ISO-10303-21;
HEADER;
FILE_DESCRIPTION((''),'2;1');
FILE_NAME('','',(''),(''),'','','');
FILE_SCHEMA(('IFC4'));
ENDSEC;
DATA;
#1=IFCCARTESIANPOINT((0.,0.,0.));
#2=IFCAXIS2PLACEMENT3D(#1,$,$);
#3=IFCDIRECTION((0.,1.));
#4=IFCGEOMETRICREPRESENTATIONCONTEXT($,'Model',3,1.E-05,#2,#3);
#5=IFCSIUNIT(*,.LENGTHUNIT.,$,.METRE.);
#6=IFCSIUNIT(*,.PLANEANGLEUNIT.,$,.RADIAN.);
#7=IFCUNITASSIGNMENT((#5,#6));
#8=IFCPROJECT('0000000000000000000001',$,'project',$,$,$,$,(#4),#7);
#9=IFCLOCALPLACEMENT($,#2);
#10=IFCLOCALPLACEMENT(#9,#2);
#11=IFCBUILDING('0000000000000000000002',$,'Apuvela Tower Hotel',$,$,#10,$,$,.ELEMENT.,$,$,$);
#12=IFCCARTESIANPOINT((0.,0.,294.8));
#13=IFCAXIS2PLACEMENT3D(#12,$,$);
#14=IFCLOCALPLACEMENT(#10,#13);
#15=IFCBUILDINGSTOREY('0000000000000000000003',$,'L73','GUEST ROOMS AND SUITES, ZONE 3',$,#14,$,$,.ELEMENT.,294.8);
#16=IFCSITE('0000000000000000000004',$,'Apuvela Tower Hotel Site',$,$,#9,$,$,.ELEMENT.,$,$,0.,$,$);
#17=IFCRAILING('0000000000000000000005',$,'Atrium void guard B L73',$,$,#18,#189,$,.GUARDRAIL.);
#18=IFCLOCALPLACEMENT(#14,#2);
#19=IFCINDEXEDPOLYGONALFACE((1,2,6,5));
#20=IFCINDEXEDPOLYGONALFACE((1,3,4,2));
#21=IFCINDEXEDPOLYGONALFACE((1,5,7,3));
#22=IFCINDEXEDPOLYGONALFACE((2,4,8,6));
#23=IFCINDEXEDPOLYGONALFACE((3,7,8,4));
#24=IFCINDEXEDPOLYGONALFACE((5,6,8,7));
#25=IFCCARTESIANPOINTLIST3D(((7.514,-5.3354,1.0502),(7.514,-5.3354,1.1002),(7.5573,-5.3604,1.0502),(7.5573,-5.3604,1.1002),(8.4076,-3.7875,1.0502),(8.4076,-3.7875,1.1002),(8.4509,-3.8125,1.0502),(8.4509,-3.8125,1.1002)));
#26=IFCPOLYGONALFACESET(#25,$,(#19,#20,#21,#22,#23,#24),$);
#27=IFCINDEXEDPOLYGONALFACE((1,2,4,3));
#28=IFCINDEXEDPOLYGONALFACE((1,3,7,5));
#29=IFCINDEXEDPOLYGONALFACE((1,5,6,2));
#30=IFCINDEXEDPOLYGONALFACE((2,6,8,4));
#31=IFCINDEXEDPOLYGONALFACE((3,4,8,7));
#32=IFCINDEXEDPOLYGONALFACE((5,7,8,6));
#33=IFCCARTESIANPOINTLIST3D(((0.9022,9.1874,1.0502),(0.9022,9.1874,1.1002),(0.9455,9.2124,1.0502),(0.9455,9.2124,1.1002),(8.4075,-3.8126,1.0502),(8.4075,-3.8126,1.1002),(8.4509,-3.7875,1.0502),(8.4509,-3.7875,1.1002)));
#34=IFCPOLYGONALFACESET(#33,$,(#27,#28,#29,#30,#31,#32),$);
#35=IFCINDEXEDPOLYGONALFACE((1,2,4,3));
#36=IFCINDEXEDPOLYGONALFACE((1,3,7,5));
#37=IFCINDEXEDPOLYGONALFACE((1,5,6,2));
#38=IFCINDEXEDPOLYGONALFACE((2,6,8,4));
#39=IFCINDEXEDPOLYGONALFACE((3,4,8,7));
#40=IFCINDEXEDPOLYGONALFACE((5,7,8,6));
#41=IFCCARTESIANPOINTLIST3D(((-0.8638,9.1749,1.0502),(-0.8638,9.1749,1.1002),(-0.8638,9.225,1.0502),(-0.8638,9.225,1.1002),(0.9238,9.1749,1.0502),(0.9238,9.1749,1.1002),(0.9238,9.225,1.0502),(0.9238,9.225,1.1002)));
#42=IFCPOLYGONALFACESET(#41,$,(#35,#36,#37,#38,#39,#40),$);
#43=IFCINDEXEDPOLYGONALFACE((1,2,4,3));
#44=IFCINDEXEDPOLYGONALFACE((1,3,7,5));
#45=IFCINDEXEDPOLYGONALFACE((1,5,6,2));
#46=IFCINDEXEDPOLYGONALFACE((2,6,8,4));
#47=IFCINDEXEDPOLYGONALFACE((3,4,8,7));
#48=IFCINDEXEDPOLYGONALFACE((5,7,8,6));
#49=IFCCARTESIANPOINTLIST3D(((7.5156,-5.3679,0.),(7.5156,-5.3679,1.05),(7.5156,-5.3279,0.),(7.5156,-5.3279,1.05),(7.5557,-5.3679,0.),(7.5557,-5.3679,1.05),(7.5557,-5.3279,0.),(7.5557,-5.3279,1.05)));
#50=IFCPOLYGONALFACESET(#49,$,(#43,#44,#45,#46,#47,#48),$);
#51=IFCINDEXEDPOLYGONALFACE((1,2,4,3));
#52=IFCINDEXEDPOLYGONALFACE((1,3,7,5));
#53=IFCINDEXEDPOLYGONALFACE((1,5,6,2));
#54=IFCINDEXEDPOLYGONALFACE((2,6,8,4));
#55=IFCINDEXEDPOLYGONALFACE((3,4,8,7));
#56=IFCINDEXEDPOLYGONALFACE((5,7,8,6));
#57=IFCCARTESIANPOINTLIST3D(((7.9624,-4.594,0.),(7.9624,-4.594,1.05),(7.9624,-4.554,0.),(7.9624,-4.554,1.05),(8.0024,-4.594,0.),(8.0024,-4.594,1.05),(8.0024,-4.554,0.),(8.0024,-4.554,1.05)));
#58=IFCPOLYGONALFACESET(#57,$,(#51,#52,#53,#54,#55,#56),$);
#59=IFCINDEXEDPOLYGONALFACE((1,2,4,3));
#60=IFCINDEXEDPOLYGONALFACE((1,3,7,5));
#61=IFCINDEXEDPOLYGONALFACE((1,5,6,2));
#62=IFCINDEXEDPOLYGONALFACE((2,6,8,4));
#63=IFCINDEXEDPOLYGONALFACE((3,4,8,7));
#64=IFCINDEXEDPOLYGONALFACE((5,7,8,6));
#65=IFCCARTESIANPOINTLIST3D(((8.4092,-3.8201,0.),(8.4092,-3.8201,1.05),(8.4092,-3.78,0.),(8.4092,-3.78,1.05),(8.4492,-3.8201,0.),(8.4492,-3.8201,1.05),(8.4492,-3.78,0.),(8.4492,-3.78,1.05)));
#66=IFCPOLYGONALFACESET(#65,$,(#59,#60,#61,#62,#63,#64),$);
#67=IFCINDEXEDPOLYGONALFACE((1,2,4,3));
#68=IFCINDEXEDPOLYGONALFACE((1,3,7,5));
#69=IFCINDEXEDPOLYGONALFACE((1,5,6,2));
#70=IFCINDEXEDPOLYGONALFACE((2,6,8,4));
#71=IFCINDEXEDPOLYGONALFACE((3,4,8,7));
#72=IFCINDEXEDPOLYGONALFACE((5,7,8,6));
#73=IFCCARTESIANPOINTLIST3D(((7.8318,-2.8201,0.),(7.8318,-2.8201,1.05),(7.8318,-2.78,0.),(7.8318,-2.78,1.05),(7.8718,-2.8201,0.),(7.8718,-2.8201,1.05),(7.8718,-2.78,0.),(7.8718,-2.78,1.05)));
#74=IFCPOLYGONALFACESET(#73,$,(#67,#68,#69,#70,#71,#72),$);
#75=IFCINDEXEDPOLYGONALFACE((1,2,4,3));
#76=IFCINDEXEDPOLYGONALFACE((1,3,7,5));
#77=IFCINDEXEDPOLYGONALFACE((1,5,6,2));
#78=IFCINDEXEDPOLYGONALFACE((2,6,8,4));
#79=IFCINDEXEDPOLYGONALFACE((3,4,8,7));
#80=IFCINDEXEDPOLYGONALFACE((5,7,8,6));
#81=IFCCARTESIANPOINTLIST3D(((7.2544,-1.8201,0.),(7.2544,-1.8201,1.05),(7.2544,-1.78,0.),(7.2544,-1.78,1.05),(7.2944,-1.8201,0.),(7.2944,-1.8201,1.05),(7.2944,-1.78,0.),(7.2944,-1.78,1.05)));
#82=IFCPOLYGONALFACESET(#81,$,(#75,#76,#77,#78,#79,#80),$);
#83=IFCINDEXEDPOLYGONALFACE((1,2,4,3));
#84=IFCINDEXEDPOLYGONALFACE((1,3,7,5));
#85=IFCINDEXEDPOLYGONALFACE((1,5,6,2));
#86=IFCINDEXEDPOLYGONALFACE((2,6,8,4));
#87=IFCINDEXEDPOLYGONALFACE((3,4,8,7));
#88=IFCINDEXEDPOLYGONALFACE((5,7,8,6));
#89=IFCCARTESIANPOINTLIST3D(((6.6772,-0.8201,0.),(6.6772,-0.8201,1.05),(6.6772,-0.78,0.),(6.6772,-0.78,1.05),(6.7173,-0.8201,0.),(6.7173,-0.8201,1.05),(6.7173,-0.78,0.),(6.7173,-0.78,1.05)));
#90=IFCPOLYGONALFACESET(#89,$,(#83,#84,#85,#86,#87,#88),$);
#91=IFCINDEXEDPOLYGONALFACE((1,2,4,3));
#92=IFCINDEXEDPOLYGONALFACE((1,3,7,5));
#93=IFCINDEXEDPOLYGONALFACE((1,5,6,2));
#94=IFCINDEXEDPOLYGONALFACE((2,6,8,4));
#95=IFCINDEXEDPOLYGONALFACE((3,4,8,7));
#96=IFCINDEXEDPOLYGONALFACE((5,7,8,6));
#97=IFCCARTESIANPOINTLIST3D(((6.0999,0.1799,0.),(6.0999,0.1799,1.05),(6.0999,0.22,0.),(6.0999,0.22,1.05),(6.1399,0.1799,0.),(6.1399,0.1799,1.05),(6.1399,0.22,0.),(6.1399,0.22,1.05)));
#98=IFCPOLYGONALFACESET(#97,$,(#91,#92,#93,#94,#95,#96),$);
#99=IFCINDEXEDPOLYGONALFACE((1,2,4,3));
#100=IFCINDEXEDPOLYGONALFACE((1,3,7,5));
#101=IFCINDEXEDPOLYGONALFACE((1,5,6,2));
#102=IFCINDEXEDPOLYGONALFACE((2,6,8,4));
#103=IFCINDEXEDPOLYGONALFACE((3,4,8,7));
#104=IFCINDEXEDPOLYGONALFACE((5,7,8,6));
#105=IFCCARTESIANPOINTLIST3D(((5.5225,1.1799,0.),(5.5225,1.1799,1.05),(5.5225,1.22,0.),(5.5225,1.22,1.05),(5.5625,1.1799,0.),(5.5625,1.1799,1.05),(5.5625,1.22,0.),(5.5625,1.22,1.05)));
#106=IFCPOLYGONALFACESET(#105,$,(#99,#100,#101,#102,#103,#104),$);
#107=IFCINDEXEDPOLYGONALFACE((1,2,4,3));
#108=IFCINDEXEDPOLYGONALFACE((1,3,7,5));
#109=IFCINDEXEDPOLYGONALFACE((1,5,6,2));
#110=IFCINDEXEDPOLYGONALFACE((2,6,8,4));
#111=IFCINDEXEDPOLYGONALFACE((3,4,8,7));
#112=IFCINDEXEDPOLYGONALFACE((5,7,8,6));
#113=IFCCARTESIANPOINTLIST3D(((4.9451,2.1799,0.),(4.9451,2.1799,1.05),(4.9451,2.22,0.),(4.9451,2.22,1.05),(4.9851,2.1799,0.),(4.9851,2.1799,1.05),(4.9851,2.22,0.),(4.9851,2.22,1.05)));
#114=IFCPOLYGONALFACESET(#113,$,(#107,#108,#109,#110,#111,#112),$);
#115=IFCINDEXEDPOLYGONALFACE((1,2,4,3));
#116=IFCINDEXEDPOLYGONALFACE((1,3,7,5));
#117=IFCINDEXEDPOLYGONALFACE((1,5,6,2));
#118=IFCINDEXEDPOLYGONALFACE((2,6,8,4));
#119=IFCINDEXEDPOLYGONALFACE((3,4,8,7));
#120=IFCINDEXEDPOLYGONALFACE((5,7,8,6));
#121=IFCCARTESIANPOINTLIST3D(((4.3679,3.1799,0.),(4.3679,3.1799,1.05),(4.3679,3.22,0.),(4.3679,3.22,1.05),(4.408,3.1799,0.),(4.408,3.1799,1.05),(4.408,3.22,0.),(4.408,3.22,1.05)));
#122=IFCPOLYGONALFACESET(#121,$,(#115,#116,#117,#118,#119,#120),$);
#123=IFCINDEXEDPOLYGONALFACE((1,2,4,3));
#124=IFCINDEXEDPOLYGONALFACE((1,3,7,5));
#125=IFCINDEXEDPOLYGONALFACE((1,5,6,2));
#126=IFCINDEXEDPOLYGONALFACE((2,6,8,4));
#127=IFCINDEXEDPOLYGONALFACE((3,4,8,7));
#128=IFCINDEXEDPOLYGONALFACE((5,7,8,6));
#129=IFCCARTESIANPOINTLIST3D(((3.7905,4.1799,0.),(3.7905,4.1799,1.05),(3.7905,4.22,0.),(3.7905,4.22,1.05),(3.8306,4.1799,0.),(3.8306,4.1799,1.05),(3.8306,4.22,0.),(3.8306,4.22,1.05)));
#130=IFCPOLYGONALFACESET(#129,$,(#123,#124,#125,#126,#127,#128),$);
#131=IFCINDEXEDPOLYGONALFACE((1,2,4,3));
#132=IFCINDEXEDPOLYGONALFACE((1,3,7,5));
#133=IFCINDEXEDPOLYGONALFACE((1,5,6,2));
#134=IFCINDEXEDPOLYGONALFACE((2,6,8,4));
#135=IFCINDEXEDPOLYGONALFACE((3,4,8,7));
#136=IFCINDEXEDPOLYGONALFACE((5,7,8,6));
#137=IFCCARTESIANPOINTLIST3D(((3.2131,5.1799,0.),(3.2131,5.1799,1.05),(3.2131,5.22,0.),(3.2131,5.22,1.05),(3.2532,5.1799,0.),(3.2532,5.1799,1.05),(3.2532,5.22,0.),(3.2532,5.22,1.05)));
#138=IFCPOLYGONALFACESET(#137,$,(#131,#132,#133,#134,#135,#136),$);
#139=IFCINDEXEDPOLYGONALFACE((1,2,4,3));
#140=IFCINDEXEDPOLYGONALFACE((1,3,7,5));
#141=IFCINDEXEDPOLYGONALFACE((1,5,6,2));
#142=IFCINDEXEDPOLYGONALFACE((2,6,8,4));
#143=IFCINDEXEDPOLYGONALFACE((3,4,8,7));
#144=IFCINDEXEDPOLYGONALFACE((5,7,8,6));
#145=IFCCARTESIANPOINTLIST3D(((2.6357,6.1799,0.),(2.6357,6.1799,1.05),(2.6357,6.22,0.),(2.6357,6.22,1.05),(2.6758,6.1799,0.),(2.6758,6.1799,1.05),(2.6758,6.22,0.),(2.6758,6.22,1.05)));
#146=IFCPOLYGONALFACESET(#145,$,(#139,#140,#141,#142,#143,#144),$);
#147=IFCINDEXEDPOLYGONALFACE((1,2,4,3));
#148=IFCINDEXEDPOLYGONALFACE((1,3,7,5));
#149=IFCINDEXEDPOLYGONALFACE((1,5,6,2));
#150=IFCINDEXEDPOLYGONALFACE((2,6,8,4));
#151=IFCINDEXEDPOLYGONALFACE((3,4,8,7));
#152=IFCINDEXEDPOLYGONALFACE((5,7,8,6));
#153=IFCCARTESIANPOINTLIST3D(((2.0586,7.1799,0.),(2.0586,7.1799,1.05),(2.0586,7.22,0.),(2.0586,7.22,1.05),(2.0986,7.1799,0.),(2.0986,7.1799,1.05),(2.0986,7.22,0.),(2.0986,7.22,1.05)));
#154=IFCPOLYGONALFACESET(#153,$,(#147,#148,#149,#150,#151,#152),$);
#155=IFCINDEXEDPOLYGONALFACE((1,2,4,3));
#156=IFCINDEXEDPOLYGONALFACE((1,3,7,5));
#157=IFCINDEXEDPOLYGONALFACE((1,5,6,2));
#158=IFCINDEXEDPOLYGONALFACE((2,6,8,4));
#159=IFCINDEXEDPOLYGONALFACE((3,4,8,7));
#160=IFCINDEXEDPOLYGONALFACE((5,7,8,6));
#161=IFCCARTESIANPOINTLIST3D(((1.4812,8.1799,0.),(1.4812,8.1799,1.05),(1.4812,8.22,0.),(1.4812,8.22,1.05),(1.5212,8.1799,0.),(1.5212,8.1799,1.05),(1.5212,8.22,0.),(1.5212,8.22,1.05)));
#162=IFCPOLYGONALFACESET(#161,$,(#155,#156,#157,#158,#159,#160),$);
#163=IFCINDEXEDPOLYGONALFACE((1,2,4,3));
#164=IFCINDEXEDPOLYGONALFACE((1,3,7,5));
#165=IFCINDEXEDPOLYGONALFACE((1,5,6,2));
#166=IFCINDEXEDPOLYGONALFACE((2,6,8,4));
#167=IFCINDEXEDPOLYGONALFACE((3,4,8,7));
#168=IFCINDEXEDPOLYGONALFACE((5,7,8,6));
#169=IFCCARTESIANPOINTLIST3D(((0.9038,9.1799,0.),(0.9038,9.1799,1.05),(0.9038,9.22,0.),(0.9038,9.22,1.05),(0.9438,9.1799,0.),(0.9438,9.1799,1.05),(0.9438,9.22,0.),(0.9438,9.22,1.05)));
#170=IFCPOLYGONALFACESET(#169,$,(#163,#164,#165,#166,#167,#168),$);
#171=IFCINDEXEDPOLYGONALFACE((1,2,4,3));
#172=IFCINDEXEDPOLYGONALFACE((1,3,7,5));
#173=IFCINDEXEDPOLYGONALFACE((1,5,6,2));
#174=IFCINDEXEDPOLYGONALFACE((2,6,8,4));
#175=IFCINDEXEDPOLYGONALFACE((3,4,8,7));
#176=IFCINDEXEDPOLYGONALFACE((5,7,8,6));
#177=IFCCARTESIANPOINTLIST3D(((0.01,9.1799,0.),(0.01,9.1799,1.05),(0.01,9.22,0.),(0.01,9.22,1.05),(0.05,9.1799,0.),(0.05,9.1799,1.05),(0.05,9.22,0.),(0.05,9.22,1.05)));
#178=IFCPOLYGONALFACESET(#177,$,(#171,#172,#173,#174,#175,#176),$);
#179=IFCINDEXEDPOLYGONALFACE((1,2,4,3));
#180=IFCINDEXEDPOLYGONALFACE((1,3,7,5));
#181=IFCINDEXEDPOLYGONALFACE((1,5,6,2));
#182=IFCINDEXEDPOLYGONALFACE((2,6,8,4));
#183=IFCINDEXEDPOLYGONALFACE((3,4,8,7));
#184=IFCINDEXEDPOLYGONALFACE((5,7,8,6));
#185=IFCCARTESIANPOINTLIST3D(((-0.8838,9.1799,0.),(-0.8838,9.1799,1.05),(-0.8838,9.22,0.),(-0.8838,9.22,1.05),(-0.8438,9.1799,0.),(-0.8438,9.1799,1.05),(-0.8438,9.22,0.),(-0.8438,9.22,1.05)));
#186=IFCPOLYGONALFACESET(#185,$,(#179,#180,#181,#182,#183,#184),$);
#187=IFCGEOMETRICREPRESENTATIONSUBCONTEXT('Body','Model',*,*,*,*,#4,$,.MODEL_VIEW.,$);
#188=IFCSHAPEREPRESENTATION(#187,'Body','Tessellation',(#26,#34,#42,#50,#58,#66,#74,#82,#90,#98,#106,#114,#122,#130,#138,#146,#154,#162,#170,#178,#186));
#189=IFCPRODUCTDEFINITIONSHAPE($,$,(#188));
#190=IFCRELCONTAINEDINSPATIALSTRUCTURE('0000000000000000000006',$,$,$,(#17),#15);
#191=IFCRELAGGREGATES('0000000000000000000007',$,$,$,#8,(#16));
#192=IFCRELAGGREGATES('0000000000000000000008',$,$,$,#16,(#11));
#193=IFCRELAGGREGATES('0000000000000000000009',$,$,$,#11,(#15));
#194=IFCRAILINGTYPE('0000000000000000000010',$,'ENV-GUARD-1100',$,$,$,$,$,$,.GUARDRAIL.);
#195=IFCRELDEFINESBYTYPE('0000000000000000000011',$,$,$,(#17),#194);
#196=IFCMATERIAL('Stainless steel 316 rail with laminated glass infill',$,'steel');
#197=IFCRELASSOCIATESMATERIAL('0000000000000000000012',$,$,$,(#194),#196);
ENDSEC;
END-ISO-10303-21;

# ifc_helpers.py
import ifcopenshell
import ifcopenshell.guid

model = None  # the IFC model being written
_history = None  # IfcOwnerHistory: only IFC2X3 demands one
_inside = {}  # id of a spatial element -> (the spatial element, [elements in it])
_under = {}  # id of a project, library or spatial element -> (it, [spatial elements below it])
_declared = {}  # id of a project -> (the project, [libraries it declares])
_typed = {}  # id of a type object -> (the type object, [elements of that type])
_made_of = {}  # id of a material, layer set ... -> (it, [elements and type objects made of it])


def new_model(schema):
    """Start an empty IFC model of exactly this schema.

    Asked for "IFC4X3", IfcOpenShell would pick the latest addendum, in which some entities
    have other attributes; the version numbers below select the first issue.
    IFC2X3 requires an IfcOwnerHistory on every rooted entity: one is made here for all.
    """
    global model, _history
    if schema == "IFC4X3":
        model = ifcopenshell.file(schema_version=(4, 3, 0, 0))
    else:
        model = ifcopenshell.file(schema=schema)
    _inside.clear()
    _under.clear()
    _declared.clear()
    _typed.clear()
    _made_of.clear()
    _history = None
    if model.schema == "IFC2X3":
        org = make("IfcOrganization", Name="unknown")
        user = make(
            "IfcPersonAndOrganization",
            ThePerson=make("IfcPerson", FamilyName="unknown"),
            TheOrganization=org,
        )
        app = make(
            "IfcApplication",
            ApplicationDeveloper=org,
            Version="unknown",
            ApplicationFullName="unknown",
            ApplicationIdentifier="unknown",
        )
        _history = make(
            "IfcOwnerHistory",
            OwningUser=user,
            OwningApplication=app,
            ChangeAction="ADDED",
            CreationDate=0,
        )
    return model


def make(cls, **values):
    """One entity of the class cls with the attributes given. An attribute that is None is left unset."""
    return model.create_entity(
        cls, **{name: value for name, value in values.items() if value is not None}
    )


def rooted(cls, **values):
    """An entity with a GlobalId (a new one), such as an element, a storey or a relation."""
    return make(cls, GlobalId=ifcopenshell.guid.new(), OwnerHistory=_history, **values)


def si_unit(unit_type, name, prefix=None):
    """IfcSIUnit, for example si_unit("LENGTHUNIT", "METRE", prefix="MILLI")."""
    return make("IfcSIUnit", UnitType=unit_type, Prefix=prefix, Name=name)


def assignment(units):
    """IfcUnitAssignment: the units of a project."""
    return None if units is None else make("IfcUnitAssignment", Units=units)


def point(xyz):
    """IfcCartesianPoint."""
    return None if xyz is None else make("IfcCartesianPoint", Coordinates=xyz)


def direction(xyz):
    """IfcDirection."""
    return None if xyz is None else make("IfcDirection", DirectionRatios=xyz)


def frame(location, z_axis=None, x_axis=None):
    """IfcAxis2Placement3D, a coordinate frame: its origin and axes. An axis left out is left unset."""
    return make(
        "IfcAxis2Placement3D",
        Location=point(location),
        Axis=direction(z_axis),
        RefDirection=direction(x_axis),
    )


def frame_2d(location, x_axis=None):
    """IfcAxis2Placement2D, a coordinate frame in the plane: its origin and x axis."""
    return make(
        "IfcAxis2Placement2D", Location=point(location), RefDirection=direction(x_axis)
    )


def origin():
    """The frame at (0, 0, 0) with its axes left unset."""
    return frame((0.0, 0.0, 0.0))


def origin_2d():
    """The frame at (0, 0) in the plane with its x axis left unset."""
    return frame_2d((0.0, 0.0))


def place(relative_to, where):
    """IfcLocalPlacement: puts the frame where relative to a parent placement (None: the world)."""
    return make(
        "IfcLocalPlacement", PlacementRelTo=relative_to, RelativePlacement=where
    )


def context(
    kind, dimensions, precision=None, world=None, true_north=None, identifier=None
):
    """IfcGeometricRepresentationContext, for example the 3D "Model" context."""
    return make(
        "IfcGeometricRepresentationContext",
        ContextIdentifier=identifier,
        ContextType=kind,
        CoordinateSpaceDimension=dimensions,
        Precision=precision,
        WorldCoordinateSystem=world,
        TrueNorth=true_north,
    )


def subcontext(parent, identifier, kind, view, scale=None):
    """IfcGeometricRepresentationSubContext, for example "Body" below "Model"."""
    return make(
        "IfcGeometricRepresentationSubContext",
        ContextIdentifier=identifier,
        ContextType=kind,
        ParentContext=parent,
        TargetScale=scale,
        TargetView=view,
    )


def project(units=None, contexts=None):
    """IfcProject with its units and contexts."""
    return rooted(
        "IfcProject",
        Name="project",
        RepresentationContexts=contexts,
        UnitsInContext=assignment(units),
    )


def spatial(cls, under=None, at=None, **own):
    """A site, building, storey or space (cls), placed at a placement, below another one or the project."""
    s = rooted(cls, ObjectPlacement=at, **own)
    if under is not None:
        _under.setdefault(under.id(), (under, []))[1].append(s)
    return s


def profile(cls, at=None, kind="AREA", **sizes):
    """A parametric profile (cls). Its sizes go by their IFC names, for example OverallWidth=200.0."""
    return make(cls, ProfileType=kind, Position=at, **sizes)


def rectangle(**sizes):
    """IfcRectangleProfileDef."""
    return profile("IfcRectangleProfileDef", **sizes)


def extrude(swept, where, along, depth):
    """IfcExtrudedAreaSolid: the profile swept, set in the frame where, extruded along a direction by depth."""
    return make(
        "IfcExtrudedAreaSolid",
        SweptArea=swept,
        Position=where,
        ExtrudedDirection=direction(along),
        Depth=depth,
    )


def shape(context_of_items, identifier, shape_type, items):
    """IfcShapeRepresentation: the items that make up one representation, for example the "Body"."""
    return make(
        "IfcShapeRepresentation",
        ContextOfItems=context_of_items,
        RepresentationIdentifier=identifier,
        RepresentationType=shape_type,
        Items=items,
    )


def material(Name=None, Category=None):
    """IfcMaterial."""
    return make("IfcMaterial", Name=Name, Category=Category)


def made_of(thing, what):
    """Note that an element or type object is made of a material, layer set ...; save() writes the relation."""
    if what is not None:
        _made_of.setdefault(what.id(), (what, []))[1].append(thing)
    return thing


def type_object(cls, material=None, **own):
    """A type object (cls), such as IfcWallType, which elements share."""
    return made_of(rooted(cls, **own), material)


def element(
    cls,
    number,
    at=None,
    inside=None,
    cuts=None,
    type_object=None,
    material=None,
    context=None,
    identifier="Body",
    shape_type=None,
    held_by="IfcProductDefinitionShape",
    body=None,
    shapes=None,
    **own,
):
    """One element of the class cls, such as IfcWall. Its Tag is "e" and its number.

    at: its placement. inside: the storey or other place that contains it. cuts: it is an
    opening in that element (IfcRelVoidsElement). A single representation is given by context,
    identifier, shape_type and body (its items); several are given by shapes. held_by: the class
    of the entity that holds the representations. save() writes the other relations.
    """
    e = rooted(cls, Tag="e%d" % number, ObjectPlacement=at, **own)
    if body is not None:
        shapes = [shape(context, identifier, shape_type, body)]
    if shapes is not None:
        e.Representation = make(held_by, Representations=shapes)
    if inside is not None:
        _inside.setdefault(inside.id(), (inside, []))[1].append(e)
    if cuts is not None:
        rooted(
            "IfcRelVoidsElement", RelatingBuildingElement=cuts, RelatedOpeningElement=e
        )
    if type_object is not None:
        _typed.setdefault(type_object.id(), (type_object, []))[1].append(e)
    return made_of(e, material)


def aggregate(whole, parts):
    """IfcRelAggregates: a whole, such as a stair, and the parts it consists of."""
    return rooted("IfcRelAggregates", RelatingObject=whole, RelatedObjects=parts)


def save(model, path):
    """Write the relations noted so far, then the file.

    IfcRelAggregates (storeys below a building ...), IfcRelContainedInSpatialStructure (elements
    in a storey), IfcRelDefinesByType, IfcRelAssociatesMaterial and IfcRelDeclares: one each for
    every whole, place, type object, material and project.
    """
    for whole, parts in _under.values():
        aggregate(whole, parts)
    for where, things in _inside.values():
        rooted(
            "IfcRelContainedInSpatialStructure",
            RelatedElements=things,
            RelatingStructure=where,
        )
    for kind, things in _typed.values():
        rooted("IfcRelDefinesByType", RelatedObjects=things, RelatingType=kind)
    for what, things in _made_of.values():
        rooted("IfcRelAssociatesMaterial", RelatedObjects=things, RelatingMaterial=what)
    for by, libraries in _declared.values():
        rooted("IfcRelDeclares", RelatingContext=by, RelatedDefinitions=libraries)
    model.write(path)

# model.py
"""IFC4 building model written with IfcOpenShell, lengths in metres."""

from ifc_helpers import new_model, si_unit, direction, frame, origin, origin_2d, place, context, subcontext, project, spatial, rectangle, extrude, material, type_object, element, save


model = new_model("IFC4")

# Units and contexts
model_context = context("Model", 3, precision=1e-05, world=origin(), true_north=direction((0.0, 1.0)))
body_context = subcontext(model_context, "Body", "Model", "MODEL_VIEW")
ifc_project = project(units=[si_unit("LENGTHUNIT", "METRE"), si_unit("PLANEANGLEUNIT", "RADIAN")], contexts=[model_context])

# Site, building, storey
site_placement = place(None, origin())
site = spatial("IfcSite", under=ifc_project, at=site_placement, Name="Apuvela Tower Hotel Site", CompositionType="ELEMENT", RefElevation=0.0)
building_placement = place(site_placement, origin())
building = spatial("IfcBuilding", under=site, at=building_placement, Name="Apuvela Tower Hotel", CompositionType="ELEMENT")
storey_placement = place(building_placement, frame((0.0, 0.0, 294.8)))
storey = spatial("IfcBuildingStorey", under=building, at=storey_placement, Name="L73", Description="GUEST ROOMS AND SUITES, ZONE 3", CompositionType="ELEMENT", Elevation=294.8)

# Railing
ifc_material_1 = material(Name="Stainless steel 316 rail with laminated glass infill", Category="steel")
railing_type_1 = type_object("IfcRailingType", Name="ENV-GUARD-1100", PredefinedType="GUARDRAIL", material=ifc_material_1)
railing_1_placement = place(storey_placement, frame((7.5356, -5.3479, 0.0)))
element("IfcRailing", 1, at=railing_1_placement, inside=storey, type_object=railing_type_1, Name="Atrium void guard B L73", PredefinedType="GUARDRAIL", context=body_context, shape_type="SweptSolid", body=[
    extrude(rectangle(XDim=0.05, YDim=0.05, at=origin_2d()), frame((0.0, 0.0, 1.0752), z_axis=(0.499959, 0.866049, 0.0), x_axis=(-0.866049, 0.499959, 0.0)), (0.0, 0.0, 1.0), 1.7874),
    extrude(rectangle(XDim=0.05, YDim=0.05, at=origin_2d()), frame((0.8936, 1.5479, 1.0752), z_axis=(-0.499991, 0.866031, 0.0), x_axis=(-0.866031, -0.499991, 0.0)), (0.0, 0.0, 1.0), 15.011),
    extrude(rectangle(XDim=0.05, YDim=0.05, at=origin_2d()), frame((-6.6118, 14.5479, 1.0752), z_axis=(-1.0, 0.0, 0.0), x_axis=(0.0, -1.0, 0.0)), (0.0, 0.0, 1.0), 1.7876),
    extrude(rectangle(XDim=0.04, YDim=0.04, at=origin_2d()), origin(), (0.0, 0.0, 1.0), 1.05),
    extrude(rectangle(XDim=0.04, YDim=0.04, at=origin_2d()), frame((0.4468, 0.7739, 0.0)), (0.0, 0.0, 1.0), 1.05),
    extrude(rectangle(XDim=0.04, YDim=0.04, at=origin_2d()), frame((0.8936, 1.5479, 0.0)), (0.0, 0.0, 1.0), 1.05),
    extrude(rectangle(XDim=0.04, YDim=0.04, at=origin_2d()), frame((0.3162, 2.5479, 0.0)), (0.0, 0.0, 1.0), 1.05),
    extrude(rectangle(XDim=0.04, YDim=0.04, at=origin_2d()), frame((-0.2612, 3.5479, 0.0)), (0.0, 0.0, 1.0), 1.05),
    extrude(rectangle(XDim=0.04, YDim=0.04, at=origin_2d()), frame((-0.8384, 4.5479, 0.0)), (0.0, 0.0, 1.0), 1.05),
    extrude(rectangle(XDim=0.04, YDim=0.04, at=origin_2d()), frame((-1.4158, 5.5479, 0.0)), (0.0, 0.0, 1.0), 1.05),
    extrude(rectangle(XDim=0.04, YDim=0.04, at=origin_2d()), frame((-1.9932, 6.5479, 0.0)), (0.0, 0.0, 1.0), 1.05),
    extrude(rectangle(XDim=0.04, YDim=0.04, at=origin_2d()), frame((-2.5706, 7.5479, 0.0)), (0.0, 0.0, 1.0), 1.05),
    extrude(rectangle(XDim=0.04, YDim=0.04, at=origin_2d()), frame((-3.1477, 8.5479, 0.0)), (0.0, 0.0, 1.0), 1.05),
    extrude(rectangle(XDim=0.04, YDim=0.04, at=origin_2d()), frame((-3.7251, 9.5479, 0.0)), (0.0, 0.0, 1.0), 1.05),
    extrude(rectangle(XDim=0.04, YDim=0.04, at=origin_2d()), frame((-4.3025, 10.5479, 0.0)), (0.0, 0.0, 1.0), 1.05),
    extrude(rectangle(XDim=0.04, YDim=0.04, at=origin_2d()), frame((-4.8799, 11.5479, 0.0)), (0.0, 0.0, 1.0), 1.05),
    extrude(rectangle(XDim=0.04, YDim=0.04, at=origin_2d()), frame((-5.457, 12.5479, 0.0)), (0.0, 0.0, 1.0), 1.05),
    extrude(rectangle(XDim=0.04, YDim=0.04, at=origin_2d()), frame((-6.0344, 13.5479, 0.0)), (0.0, 0.0, 1.0), 1.05),
    extrude(rectangle(XDim=0.04, YDim=0.04, at=origin_2d()), frame((-6.6118, 14.5479, 0.0)), (0.0, 0.0, 1.0), 1.05),
    extrude(rectangle(XDim=0.04, YDim=0.04, at=origin_2d()), frame((-7.5056, 14.5479, 0.0)), (0.0, 0.0, 1.0), 1.05),
    extrude(rectangle(XDim=0.04, YDim=0.04, at=origin_2d()), frame((-8.3994, 14.5479, 0.0)), (0.0, 0.0, 1.0), 1.05),
])

save(model, "model.ifc")
